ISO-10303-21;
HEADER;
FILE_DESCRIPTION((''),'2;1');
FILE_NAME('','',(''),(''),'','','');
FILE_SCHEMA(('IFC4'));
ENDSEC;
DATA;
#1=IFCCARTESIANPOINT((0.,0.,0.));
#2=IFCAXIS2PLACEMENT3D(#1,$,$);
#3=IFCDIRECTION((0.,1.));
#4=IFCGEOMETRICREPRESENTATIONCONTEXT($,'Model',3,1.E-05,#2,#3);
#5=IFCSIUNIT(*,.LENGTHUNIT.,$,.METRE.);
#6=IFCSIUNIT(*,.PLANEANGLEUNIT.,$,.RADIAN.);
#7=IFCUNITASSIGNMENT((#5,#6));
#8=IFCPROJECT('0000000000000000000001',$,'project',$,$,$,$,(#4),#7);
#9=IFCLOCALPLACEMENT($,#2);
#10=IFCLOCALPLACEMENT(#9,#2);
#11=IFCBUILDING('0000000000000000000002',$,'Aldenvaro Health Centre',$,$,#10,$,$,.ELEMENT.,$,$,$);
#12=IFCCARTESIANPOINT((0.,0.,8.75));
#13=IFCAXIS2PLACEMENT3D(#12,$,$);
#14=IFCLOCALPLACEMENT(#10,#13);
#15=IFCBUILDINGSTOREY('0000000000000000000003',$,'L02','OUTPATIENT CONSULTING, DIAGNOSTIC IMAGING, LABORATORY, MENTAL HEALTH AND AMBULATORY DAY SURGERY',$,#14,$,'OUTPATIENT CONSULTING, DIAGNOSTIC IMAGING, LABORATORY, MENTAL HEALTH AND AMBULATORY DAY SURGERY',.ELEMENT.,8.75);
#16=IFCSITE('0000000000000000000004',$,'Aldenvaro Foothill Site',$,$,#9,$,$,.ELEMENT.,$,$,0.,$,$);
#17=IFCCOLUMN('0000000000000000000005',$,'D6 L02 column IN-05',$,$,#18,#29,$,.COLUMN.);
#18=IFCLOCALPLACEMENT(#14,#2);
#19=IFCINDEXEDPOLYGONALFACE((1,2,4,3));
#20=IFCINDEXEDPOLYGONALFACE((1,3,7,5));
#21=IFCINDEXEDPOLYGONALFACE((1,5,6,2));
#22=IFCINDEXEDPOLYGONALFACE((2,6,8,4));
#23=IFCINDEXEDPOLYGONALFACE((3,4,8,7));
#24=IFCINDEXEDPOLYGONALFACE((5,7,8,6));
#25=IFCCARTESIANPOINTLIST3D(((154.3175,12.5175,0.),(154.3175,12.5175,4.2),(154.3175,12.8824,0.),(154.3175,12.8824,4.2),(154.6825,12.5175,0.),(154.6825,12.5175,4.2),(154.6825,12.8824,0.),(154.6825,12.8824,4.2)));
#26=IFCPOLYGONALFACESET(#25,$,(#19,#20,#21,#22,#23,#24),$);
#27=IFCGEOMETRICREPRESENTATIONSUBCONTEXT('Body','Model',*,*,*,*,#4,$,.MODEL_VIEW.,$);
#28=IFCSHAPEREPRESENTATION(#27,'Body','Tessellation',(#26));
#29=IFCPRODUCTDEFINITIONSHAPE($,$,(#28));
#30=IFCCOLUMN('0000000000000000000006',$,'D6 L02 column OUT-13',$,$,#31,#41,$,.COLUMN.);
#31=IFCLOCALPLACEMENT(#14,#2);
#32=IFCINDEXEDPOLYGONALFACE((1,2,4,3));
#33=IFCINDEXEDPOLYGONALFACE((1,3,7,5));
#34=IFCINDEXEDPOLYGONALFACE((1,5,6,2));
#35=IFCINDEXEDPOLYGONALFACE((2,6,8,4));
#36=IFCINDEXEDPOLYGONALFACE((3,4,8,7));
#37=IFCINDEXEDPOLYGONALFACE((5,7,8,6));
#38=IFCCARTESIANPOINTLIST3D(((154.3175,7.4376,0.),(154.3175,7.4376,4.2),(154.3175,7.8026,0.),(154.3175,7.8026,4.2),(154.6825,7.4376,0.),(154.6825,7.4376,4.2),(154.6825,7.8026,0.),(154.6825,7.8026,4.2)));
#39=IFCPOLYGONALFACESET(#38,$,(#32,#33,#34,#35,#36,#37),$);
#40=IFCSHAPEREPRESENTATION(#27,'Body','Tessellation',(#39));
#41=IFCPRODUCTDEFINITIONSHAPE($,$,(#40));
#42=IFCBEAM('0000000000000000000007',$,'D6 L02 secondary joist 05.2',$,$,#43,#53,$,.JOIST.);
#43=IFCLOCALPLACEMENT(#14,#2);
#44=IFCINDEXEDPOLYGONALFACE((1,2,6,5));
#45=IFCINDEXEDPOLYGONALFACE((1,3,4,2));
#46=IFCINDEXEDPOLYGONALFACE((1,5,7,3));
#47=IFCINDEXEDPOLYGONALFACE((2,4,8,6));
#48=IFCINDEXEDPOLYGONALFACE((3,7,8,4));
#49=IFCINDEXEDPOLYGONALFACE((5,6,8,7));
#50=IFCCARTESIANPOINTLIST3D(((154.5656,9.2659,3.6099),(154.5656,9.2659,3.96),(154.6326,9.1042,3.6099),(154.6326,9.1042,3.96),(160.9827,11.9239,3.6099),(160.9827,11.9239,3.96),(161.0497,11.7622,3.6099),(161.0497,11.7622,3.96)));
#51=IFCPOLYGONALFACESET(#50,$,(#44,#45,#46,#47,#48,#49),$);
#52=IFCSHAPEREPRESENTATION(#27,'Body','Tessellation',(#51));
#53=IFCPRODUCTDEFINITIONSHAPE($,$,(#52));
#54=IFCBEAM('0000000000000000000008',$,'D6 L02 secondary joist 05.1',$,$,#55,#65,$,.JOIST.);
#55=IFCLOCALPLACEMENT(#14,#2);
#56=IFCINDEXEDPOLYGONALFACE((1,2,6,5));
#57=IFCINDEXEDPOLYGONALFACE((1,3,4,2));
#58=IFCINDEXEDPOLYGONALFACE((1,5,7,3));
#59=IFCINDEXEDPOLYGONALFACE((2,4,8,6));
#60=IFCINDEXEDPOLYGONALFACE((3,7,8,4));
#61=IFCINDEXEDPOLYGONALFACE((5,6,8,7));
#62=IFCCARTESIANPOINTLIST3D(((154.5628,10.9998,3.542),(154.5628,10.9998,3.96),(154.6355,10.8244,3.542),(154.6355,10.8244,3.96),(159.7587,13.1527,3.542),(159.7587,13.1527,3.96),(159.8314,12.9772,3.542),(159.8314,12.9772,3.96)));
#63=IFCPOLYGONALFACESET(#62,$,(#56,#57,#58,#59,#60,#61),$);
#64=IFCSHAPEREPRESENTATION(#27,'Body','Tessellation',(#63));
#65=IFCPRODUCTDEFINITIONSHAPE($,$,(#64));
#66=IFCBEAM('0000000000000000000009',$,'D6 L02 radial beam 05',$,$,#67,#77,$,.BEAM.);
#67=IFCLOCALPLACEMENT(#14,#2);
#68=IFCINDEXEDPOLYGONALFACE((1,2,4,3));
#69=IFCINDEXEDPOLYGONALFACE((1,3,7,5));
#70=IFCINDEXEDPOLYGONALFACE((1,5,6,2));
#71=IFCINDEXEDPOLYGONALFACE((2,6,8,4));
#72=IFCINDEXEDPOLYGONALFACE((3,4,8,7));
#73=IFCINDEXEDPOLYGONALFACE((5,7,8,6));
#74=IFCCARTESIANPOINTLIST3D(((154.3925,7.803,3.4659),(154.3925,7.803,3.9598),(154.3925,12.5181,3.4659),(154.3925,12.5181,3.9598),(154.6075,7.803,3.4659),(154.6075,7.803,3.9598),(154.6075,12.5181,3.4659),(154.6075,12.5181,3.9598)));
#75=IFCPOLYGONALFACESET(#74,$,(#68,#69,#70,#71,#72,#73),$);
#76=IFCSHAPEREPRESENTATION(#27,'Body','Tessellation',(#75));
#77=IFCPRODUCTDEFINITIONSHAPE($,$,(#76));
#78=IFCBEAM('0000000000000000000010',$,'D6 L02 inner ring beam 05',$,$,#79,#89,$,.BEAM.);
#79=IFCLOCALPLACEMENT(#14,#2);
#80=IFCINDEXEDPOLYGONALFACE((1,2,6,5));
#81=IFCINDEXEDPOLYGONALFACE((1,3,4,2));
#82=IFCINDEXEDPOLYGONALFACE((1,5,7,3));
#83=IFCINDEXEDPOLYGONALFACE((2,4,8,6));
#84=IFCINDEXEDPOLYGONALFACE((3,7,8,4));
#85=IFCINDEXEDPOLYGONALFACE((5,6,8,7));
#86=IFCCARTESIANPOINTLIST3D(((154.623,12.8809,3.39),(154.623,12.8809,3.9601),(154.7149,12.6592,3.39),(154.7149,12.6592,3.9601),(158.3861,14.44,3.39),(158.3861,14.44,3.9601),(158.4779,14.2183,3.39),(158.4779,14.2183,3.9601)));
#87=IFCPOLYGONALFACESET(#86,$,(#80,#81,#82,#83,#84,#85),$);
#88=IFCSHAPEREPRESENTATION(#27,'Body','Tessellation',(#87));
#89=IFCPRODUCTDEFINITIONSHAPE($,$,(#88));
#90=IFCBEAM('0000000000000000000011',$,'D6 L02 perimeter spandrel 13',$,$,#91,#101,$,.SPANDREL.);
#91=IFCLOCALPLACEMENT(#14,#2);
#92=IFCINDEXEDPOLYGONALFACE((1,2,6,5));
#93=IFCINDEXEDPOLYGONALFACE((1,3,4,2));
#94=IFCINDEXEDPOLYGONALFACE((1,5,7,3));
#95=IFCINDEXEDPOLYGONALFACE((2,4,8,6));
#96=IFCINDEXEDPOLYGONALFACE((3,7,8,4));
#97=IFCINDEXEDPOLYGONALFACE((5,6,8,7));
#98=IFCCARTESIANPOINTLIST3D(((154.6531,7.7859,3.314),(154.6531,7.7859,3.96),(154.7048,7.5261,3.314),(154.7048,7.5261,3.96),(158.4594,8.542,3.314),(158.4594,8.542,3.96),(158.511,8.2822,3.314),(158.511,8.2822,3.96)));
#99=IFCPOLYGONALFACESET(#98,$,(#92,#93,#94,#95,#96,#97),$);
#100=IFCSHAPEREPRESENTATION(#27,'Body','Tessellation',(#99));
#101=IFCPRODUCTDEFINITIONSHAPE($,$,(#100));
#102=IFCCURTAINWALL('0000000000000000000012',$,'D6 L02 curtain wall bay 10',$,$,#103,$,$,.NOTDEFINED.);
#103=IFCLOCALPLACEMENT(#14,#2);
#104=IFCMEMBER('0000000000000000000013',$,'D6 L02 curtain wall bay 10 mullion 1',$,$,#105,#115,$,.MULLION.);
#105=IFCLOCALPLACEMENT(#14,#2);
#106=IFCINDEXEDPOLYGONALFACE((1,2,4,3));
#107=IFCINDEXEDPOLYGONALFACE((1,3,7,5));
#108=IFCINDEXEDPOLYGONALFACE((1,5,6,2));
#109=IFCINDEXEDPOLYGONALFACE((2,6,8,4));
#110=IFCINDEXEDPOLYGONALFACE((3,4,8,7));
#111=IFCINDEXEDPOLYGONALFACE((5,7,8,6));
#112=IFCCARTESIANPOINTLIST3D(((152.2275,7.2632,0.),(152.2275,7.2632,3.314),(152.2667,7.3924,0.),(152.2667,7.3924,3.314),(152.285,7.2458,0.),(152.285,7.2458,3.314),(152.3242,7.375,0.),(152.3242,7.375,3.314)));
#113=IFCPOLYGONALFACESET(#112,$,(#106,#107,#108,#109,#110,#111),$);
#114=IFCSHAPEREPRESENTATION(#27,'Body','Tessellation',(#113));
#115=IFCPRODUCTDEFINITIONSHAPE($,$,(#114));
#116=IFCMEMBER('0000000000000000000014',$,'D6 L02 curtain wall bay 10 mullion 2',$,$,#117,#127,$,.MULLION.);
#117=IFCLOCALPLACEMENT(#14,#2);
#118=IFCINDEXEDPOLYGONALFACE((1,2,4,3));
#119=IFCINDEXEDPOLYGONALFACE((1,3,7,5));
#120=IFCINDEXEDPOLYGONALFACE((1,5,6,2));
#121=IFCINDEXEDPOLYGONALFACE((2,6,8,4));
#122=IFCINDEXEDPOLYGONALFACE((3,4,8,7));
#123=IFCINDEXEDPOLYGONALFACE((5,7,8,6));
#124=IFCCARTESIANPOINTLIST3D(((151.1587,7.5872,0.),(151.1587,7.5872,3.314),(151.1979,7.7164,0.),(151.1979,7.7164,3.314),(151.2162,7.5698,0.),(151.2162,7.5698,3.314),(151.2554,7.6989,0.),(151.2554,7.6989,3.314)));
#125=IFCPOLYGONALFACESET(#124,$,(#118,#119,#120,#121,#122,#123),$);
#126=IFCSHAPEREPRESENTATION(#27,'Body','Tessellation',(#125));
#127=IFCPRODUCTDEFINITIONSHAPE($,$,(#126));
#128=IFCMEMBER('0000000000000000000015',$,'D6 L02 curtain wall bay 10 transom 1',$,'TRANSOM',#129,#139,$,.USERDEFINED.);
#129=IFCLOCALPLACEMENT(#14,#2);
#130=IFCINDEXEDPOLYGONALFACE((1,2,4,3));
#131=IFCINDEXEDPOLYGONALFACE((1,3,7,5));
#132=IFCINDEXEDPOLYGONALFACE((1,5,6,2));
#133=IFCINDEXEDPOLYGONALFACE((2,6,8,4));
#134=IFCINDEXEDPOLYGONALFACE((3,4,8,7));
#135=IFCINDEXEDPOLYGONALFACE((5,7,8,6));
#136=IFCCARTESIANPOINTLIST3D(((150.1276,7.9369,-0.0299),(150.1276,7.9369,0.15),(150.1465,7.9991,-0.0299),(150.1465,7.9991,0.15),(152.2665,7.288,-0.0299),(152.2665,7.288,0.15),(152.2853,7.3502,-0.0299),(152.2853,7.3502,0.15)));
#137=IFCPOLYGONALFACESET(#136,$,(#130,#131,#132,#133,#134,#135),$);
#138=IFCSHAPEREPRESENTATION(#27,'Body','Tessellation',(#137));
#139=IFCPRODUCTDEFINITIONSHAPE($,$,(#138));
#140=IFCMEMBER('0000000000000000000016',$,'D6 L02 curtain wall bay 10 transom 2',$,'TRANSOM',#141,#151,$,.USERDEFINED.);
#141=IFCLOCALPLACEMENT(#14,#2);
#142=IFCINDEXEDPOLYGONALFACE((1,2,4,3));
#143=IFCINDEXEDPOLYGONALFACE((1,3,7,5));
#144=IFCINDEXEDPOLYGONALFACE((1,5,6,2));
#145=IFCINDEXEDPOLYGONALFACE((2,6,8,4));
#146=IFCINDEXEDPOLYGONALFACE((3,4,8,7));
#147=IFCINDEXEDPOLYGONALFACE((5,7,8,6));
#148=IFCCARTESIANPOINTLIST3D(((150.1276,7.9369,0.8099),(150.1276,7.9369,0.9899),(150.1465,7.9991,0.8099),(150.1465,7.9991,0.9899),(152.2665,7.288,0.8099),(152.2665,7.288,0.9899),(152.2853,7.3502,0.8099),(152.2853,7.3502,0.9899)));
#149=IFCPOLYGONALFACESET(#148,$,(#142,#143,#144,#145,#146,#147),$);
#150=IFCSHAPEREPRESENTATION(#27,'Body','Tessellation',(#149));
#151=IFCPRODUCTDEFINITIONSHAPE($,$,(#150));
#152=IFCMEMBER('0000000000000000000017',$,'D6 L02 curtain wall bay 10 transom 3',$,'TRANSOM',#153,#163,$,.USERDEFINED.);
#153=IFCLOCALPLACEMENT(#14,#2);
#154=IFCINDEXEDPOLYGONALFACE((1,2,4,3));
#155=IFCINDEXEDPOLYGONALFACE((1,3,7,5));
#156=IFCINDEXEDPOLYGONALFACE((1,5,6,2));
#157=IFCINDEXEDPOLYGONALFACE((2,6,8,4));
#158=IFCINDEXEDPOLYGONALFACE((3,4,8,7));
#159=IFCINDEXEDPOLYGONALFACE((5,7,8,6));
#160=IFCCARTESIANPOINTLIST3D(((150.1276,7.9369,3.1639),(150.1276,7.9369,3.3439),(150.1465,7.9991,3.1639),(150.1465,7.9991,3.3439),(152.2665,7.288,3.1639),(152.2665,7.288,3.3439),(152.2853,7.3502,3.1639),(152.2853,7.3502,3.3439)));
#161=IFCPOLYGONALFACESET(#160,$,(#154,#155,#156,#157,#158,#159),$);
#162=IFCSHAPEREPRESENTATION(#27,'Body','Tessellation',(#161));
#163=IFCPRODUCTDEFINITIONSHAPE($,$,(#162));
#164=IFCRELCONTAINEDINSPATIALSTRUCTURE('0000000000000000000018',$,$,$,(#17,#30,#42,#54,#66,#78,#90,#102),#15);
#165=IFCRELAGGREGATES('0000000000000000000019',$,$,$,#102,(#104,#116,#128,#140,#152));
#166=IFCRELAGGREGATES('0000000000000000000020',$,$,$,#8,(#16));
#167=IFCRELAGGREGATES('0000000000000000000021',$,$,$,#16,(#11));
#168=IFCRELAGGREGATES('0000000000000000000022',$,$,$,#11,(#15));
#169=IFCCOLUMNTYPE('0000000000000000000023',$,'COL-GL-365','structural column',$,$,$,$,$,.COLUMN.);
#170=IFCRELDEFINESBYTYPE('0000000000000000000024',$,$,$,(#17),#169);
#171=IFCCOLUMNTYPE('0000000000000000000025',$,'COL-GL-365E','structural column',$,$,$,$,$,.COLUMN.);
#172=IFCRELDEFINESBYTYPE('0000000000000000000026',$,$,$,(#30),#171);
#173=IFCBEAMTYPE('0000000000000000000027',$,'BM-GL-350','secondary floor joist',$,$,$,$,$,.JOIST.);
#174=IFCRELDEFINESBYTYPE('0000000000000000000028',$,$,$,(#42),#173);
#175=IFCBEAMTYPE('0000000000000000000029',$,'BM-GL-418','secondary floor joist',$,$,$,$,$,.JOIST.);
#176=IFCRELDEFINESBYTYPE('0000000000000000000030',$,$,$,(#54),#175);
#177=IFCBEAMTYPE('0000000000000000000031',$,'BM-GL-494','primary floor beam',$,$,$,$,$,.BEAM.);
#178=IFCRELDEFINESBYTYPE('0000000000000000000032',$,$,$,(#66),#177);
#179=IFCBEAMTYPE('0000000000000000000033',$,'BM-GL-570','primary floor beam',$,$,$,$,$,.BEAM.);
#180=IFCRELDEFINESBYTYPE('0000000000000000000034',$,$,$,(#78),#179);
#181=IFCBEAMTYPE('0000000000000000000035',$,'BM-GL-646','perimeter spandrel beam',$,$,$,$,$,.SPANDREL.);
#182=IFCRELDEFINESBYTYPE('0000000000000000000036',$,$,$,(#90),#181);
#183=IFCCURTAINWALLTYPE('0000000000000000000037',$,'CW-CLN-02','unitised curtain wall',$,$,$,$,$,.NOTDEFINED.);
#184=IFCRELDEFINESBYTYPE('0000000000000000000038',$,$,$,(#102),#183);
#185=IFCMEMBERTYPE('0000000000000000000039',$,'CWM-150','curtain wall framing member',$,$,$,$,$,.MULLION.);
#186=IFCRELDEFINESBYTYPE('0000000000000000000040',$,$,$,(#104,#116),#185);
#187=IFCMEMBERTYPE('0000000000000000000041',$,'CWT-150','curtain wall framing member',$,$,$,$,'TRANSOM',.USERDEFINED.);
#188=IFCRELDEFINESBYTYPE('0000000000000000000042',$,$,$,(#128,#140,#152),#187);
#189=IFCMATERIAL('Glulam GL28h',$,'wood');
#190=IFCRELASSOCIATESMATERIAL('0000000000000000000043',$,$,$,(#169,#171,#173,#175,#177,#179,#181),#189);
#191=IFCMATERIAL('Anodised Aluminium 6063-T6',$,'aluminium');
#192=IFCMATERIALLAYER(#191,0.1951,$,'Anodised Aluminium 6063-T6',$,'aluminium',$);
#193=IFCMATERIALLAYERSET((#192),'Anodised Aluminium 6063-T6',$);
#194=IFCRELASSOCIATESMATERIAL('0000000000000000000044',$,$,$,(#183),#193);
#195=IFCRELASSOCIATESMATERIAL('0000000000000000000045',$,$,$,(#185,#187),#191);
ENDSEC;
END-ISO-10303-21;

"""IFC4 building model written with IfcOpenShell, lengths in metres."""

from ifc_helpers import new_model, si_unit, direction, frame, origin, origin_2d, place, context, subcontext, project, spatial, rectangle, extrude, material, layer, layer_set, material_profile, profile_set, type_object, element, aggregate, save


model = new_model("IFC4")

# Units and contexts
model_context = context("Model", 3, precision=1e-05, world=origin(), true_north=direction((0.0, 1.0)))
body_context = subcontext(model_context, "Body", "Model", "MODEL_VIEW")
ifc_project = project(units=[si_unit("LENGTHUNIT", "METRE"), si_unit("PLANEANGLEUNIT", "RADIAN")], contexts=[model_context])

# Site, building, storey
site_placement = place(None, origin())
site = spatial("IfcSite", under=ifc_project, at=site_placement, Name="Aldenvaro Foothill Site", CompositionType="ELEMENT", RefElevation=0.0)
building_placement = place(site_placement, origin())
building = spatial("IfcBuilding", under=site, at=building_placement, Name="Aldenvaro Health Centre", CompositionType="ELEMENT")
storey_placement = place(building_placement, frame((0.0, 0.0, 8.75)))
storey = spatial("IfcBuildingStorey", under=building, at=storey_placement, Name="L02", Description="OUTPATIENT CONSULTING, DIAGNOSTIC IMAGING, LABORATORY, MENTAL HEALTH AND AMBULATORY DAY SURGERY", LongName="OUTPATIENT CONSULTING, DIAGNOSTIC IMAGING, LABORATORY, MENTAL HEALTH AND AMBULATORY DAY SURGERY", CompositionType="ELEMENT", Elevation=8.75)

# Columns
ifc_material_1 = material(Name="Glulam GL28h", Category="wood")
ifc_material_profile_1 = material_profile(ifc_material_1, rectangle(XDim=0.365, YDim=0.365, at=origin_2d()), Name="GL 365x365", Category="wood")
ifc_profile_set_1 = profile_set([ifc_material_profile_1], Name="Glulam GL28h")
column_type_1 = type_object("IfcColumnType", Name="COL-GL-365", Description="structural column", PredefinedType="COLUMN", material=ifc_profile_set_1)
column_1_placement = place(storey_placement, frame((154.5, 12.7, 0.0), z_axis=(0.0, 0.0, 1.0), x_axis=(1.0, 0.0, 0.0)))
element("IfcColumn", 1, at=column_1_placement, inside=storey, type_object=column_type_1, Name="D6 L02 column IN-05", PredefinedType="COLUMN", context=body_context, shape_type="SweptSolid", body=[
    extrude(rectangle(XDim=0.365, YDim=0.365, at=origin_2d()), origin(), (0.0, 0.0, 1.0), 4.2),
])
ifc_material_profile_2 = material_profile(ifc_material_1, rectangle(XDim=0.365, YDim=0.365, at=origin_2d()), Name="GL 365x365", Category="wood")
ifc_profile_set_2 = profile_set([ifc_material_profile_2], Name="Glulam GL28h")
column_type_2 = type_object("IfcColumnType", Name="COL-GL-365E", Description="structural column", PredefinedType="COLUMN", material=ifc_profile_set_2)
column_2_placement = place(storey_placement, frame((154.5, 7.6201, 0.0), z_axis=(0.0, 0.0, 1.0), x_axis=(1.0, 0.0, 0.0)))
element("IfcColumn", 2, at=column_2_placement, inside=storey, type_object=column_type_2, Name="D6 L02 column OUT-13", PredefinedType="COLUMN", context=body_context, shape_type="SweptSolid", body=[
    extrude(rectangle(XDim=0.365, YDim=0.365, at=origin_2d()), origin(), (0.0, 0.0, 1.0), 4.2),
])

# Beams
ifc_material_profile_3 = material_profile(ifc_material_1, rectangle(XDim=0.175, YDim=0.3501, at=origin_2d()), Name="GL 175x350", Category="wood")
ifc_profile_set_3 = profile_set([ifc_material_profile_3], Name="Glulam GL28h")
beam_type_1 = type_object("IfcBeamType", Name="BM-GL-350", Description="secondary floor joist", PredefinedType="JOIST", material=ifc_profile_set_3)
beam_1_placement = place(storey_placement, frame((154.5991, 9.1851, 3.7849), z_axis=(0.923882, 0.382678, 0.0), x_axis=(-0.382678, 0.923882, 0.0)))
element("IfcBeam", 3, at=beam_1_placement, inside=storey, type_object=beam_type_1, Name="D6 L02 secondary joist 05.2", PredefinedType="JOIST", context=body_context, shape_type="SweptSolid", body=[
    extrude(rectangle(XDim=0.175, YDim=0.3501, at=origin_2d()), origin(), (0.0, 0.0, 1.0), 6.9458),
])
ifc_material_profile_4 = material_profile(ifc_material_1, rectangle(XDim=0.1899, YDim=0.418, at=origin_2d()), Name="GL 190x418", Category="wood")
ifc_profile_set_4 = profile_set([ifc_material_profile_4], Name="Glulam GL28h")
beam_type_2 = type_object("IfcBeamType", Name="BM-GL-418", Description="secondary floor joist", PredefinedType="JOIST", material=ifc_profile_set_4)
beam_2_placement = place(storey_placement, frame((154.5991, 10.9121, 3.751), z_axis=(0.923838, 0.382784, 0.0), x_axis=(-0.382784, 0.923838, 0.0)))
element("IfcBeam", 4, at=beam_2_placement, inside=storey, type_object=beam_type_2, Name="D6 L02 secondary joist 05.1", PredefinedType="JOIST", context=body_context, shape_type="SweptSolid", body=[
    extrude(rectangle(XDim=0.1899, YDim=0.418, at=origin_2d()), origin(), (0.0, 0.0, 1.0), 5.6243),
])
ifc_material_profile_5 = material_profile(ifc_material_1, rectangle(XDim=0.2151, YDim=0.4939, at=origin_2d()), Name="GL 215x494", Category="wood")
ifc_profile_set_5 = profile_set([ifc_material_profile_5], Name="Glulam GL28h")
beam_type_3 = type_object("IfcBeamType", Name="BM-GL-494", Description="primary floor beam", PredefinedType="BEAM", material=ifc_profile_set_5)
beam_3_placement = place(storey_placement, frame((154.5, 12.5181, 3.7129), z_axis=(0.0, -1.0, 0.0), x_axis=(1.0, 0.0, 0.0)))
element("IfcBeam", 5, at=beam_3_placement, inside=storey, type_object=beam_type_3, Name="D6 L02 radial beam 05", PredefinedType="BEAM", context=body_context, shape_type="SweptSolid", body=[
    extrude(rectangle(XDim=0.2151, YDim=0.4939, at=origin_2d()), origin(), (0.0, 0.0, 1.0), 4.7151),
])
ifc_material_profile_6 = material_profile(ifc_material_1, rectangle(XDim=0.24, YDim=0.5701, at=origin_2d()), Name="GL 240x570", Category="wood")
ifc_profile_set_6 = profile_set([ifc_material_profile_6], Name="Glulam GL28h")
beam_type_4 = type_object("IfcBeamType", Name="BM-GL-570", Description="primary floor beam", PredefinedType="BEAM", material=ifc_profile_set_6)
beam_4_placement = place(storey_placement, frame((154.6689, 12.77, 3.675), z_axis=(0.923843, 0.382772, 0.0), x_axis=(-0.382772, 0.923843, 0.0)))
element("IfcBeam", 6, at=beam_4_placement, inside=storey, type_object=beam_type_4, Name="D6 L02 inner ring beam 05", PredefinedType="BEAM", context=body_context, shape_type="SweptSolid", body=[
    extrude(rectangle(XDim=0.24, YDim=0.5701, at=origin_2d()), origin(), (0.0, 0.0, 1.0), 4.0732),
])
ifc_material_profile_7 = material_profile(ifc_material_1, rectangle(XDim=0.2649, YDim=0.646, at=origin_2d()), Name="GL 265x646", Category="wood")
ifc_profile_set_7 = profile_set([ifc_material_profile_7], Name="Glulam GL28h")
beam_type_5 = type_object("IfcBeamType", Name="BM-GL-646", Description="perimeter spandrel beam", PredefinedType="SPANDREL", material=ifc_profile_set_7)
beam_5_placement = place(storey_placement, frame((154.679, 7.656, 3.637), z_axis=(0.980834, 0.194846, 0.0), x_axis=(-0.194846, 0.980834, 0.0)))
element("IfcBeam", 7, at=beam_5_placement, inside=storey, type_object=beam_type_5, Name="D6 L02 perimeter spandrel 13", PredefinedType="SPANDREL", context=body_context, shape_type="SweptSolid", body=[
    extrude(rectangle(XDim=0.2649, YDim=0.646, at=origin_2d()), origin(), (0.0, 0.0, 1.0), 3.8806),
])

# Curtain wall, members
ifc_material_2 = material(Name="Anodised Aluminium 6063-T6", Category="aluminium")
ifc_layer_1 = layer(ifc_material_2, 0.1951, Name="Anodised Aluminium 6063-T6", Category="aluminium")
ifc_layer_set_1 = layer_set([ifc_layer_1], Name="Anodised Aluminium 6063-T6")
curtain_wall_type = type_object("IfcCurtainWallType", Name="CW-CLN-02", Description="unitised curtain wall", PredefinedType="NOTDEFINED", material=ifc_layer_set_1)
curtain_wall_placement = place(storey_placement, origin())
curtain_wall = element("IfcCurtainWall", 8, at=curtain_wall_placement, inside=storey, type_object=curtain_wall_type, Name="D6 L02 curtain wall bay 10", PredefinedType="NOTDEFINED")
ifc_material_profile_8 = material_profile(ifc_material_2, rectangle(XDim=0.0601, YDim=0.135, at=origin_2d()), Name="ALU 60x135", Category="aluminium")
ifc_profile_set_8 = profile_set([ifc_material_profile_8], Name="Anodised Aluminium 6063-T6")
member_type_1 = type_object("IfcMemberType", Name="CWM-150", Description="curtain wall framing member", PredefinedType="MULLION", material=ifc_profile_set_8)
member_1_placement = place(storey_placement, frame((152.2759, 7.3191, 0.0), z_axis=(0.0, 0.0, 1.0), x_axis=(-0.956923, 0.290343, 0.0)))
member_1 = element("IfcMember", 9, at=member_1_placement, type_object=member_type_1, Name="D6 L02 curtain wall bay 10 mullion 1", PredefinedType="MULLION", context=body_context, shape_type="SweptSolid", body=[
    extrude(rectangle(XDim=0.0601, YDim=0.135, at=origin_2d()), origin(), (0.0, 0.0, 1.0), 3.314),
])
member_2_placement = place(storey_placement, frame((151.207, 7.6431, 0.0), z_axis=(0.0, 0.0, 1.0), x_axis=(-0.956923, 0.290343, 0.0)))
member_2 = element("IfcMember", 10, at=member_2_placement, type_object=member_type_1, Name="D6 L02 curtain wall bay 10 mullion 2", PredefinedType="MULLION", context=body_context, shape_type="SweptSolid", body=[
    extrude(rectangle(XDim=0.0601, YDim=0.135, at=origin_2d()), origin(), (0.0, 0.0, 1.0), 3.314),
])
ifc_material_profile_9 = material_profile(ifc_material_2, rectangle(XDim=0.0649, YDim=0.1799, at=origin_2d()), Name="ALU 65x180", Category="aluminium")
ifc_profile_set_9 = profile_set([ifc_material_profile_9], Name="Anodised Aluminium 6063-T6")
member_type_2 = type_object("IfcMemberType", Name="CWT-150", Description="curtain wall framing member", ElementType="TRANSOM", PredefinedType="USERDEFINED", material=ifc_profile_set_9)
member_3_placement = place(storey_placement, frame((152.2759, 7.3191, 0.0601), z_axis=(-0.956929, 0.290323, 0.0), x_axis=(-0.290323, -0.956929, 0.0)))
member_3 = element("IfcMember", 11, at=member_3_placement, type_object=member_type_2, Name="D6 L02 curtain wall bay 10 transom 1", ObjectType="TRANSOM", PredefinedType="USERDEFINED", context=body_context, shape_type="SweptSolid", body=[
    extrude(rectangle(XDim=0.0649, YDim=0.1799, at=origin_2d()), origin(), (0.0, 0.0, 1.0), 2.2351),
])
member_4_placement = place(storey_placement, frame((152.2759, 7.3191, 0.8999), z_axis=(-0.956929, 0.290323, 0.0), x_axis=(-0.290323, -0.956929, 0.0)))
member_4 = element("IfcMember", 12, at=member_4_placement, type_object=member_type_2, Name="D6 L02 curtain wall bay 10 transom 2", ObjectType="TRANSOM", PredefinedType="USERDEFINED", context=body_context, shape_type="SweptSolid", body=[
    extrude(rectangle(XDim=0.0649, YDim=0.1799, at=origin_2d()), origin(), (0.0, 0.0, 1.0), 2.2351),
])
member_5_placement = place(storey_placement, frame((152.2759, 7.3191, 3.2539), z_axis=(-0.956929, 0.290323, 0.0), x_axis=(-0.290323, -0.956929, 0.0)))
member_5 = element("IfcMember", 13, at=member_5_placement, type_object=member_type_2, Name="D6 L02 curtain wall bay 10 transom 3", ObjectType="TRANSOM", PredefinedType="USERDEFINED", context=body_context, shape_type="SweptSolid", body=[
    extrude(rectangle(XDim=0.0649, YDim=0.1799, at=origin_2d()), origin(), (0.0, 0.0, 1.0), 2.2351),
])
aggregate(curtain_wall, [member_1, member_2, member_3, member_4, member_5])

save(model, "model.ifc")
